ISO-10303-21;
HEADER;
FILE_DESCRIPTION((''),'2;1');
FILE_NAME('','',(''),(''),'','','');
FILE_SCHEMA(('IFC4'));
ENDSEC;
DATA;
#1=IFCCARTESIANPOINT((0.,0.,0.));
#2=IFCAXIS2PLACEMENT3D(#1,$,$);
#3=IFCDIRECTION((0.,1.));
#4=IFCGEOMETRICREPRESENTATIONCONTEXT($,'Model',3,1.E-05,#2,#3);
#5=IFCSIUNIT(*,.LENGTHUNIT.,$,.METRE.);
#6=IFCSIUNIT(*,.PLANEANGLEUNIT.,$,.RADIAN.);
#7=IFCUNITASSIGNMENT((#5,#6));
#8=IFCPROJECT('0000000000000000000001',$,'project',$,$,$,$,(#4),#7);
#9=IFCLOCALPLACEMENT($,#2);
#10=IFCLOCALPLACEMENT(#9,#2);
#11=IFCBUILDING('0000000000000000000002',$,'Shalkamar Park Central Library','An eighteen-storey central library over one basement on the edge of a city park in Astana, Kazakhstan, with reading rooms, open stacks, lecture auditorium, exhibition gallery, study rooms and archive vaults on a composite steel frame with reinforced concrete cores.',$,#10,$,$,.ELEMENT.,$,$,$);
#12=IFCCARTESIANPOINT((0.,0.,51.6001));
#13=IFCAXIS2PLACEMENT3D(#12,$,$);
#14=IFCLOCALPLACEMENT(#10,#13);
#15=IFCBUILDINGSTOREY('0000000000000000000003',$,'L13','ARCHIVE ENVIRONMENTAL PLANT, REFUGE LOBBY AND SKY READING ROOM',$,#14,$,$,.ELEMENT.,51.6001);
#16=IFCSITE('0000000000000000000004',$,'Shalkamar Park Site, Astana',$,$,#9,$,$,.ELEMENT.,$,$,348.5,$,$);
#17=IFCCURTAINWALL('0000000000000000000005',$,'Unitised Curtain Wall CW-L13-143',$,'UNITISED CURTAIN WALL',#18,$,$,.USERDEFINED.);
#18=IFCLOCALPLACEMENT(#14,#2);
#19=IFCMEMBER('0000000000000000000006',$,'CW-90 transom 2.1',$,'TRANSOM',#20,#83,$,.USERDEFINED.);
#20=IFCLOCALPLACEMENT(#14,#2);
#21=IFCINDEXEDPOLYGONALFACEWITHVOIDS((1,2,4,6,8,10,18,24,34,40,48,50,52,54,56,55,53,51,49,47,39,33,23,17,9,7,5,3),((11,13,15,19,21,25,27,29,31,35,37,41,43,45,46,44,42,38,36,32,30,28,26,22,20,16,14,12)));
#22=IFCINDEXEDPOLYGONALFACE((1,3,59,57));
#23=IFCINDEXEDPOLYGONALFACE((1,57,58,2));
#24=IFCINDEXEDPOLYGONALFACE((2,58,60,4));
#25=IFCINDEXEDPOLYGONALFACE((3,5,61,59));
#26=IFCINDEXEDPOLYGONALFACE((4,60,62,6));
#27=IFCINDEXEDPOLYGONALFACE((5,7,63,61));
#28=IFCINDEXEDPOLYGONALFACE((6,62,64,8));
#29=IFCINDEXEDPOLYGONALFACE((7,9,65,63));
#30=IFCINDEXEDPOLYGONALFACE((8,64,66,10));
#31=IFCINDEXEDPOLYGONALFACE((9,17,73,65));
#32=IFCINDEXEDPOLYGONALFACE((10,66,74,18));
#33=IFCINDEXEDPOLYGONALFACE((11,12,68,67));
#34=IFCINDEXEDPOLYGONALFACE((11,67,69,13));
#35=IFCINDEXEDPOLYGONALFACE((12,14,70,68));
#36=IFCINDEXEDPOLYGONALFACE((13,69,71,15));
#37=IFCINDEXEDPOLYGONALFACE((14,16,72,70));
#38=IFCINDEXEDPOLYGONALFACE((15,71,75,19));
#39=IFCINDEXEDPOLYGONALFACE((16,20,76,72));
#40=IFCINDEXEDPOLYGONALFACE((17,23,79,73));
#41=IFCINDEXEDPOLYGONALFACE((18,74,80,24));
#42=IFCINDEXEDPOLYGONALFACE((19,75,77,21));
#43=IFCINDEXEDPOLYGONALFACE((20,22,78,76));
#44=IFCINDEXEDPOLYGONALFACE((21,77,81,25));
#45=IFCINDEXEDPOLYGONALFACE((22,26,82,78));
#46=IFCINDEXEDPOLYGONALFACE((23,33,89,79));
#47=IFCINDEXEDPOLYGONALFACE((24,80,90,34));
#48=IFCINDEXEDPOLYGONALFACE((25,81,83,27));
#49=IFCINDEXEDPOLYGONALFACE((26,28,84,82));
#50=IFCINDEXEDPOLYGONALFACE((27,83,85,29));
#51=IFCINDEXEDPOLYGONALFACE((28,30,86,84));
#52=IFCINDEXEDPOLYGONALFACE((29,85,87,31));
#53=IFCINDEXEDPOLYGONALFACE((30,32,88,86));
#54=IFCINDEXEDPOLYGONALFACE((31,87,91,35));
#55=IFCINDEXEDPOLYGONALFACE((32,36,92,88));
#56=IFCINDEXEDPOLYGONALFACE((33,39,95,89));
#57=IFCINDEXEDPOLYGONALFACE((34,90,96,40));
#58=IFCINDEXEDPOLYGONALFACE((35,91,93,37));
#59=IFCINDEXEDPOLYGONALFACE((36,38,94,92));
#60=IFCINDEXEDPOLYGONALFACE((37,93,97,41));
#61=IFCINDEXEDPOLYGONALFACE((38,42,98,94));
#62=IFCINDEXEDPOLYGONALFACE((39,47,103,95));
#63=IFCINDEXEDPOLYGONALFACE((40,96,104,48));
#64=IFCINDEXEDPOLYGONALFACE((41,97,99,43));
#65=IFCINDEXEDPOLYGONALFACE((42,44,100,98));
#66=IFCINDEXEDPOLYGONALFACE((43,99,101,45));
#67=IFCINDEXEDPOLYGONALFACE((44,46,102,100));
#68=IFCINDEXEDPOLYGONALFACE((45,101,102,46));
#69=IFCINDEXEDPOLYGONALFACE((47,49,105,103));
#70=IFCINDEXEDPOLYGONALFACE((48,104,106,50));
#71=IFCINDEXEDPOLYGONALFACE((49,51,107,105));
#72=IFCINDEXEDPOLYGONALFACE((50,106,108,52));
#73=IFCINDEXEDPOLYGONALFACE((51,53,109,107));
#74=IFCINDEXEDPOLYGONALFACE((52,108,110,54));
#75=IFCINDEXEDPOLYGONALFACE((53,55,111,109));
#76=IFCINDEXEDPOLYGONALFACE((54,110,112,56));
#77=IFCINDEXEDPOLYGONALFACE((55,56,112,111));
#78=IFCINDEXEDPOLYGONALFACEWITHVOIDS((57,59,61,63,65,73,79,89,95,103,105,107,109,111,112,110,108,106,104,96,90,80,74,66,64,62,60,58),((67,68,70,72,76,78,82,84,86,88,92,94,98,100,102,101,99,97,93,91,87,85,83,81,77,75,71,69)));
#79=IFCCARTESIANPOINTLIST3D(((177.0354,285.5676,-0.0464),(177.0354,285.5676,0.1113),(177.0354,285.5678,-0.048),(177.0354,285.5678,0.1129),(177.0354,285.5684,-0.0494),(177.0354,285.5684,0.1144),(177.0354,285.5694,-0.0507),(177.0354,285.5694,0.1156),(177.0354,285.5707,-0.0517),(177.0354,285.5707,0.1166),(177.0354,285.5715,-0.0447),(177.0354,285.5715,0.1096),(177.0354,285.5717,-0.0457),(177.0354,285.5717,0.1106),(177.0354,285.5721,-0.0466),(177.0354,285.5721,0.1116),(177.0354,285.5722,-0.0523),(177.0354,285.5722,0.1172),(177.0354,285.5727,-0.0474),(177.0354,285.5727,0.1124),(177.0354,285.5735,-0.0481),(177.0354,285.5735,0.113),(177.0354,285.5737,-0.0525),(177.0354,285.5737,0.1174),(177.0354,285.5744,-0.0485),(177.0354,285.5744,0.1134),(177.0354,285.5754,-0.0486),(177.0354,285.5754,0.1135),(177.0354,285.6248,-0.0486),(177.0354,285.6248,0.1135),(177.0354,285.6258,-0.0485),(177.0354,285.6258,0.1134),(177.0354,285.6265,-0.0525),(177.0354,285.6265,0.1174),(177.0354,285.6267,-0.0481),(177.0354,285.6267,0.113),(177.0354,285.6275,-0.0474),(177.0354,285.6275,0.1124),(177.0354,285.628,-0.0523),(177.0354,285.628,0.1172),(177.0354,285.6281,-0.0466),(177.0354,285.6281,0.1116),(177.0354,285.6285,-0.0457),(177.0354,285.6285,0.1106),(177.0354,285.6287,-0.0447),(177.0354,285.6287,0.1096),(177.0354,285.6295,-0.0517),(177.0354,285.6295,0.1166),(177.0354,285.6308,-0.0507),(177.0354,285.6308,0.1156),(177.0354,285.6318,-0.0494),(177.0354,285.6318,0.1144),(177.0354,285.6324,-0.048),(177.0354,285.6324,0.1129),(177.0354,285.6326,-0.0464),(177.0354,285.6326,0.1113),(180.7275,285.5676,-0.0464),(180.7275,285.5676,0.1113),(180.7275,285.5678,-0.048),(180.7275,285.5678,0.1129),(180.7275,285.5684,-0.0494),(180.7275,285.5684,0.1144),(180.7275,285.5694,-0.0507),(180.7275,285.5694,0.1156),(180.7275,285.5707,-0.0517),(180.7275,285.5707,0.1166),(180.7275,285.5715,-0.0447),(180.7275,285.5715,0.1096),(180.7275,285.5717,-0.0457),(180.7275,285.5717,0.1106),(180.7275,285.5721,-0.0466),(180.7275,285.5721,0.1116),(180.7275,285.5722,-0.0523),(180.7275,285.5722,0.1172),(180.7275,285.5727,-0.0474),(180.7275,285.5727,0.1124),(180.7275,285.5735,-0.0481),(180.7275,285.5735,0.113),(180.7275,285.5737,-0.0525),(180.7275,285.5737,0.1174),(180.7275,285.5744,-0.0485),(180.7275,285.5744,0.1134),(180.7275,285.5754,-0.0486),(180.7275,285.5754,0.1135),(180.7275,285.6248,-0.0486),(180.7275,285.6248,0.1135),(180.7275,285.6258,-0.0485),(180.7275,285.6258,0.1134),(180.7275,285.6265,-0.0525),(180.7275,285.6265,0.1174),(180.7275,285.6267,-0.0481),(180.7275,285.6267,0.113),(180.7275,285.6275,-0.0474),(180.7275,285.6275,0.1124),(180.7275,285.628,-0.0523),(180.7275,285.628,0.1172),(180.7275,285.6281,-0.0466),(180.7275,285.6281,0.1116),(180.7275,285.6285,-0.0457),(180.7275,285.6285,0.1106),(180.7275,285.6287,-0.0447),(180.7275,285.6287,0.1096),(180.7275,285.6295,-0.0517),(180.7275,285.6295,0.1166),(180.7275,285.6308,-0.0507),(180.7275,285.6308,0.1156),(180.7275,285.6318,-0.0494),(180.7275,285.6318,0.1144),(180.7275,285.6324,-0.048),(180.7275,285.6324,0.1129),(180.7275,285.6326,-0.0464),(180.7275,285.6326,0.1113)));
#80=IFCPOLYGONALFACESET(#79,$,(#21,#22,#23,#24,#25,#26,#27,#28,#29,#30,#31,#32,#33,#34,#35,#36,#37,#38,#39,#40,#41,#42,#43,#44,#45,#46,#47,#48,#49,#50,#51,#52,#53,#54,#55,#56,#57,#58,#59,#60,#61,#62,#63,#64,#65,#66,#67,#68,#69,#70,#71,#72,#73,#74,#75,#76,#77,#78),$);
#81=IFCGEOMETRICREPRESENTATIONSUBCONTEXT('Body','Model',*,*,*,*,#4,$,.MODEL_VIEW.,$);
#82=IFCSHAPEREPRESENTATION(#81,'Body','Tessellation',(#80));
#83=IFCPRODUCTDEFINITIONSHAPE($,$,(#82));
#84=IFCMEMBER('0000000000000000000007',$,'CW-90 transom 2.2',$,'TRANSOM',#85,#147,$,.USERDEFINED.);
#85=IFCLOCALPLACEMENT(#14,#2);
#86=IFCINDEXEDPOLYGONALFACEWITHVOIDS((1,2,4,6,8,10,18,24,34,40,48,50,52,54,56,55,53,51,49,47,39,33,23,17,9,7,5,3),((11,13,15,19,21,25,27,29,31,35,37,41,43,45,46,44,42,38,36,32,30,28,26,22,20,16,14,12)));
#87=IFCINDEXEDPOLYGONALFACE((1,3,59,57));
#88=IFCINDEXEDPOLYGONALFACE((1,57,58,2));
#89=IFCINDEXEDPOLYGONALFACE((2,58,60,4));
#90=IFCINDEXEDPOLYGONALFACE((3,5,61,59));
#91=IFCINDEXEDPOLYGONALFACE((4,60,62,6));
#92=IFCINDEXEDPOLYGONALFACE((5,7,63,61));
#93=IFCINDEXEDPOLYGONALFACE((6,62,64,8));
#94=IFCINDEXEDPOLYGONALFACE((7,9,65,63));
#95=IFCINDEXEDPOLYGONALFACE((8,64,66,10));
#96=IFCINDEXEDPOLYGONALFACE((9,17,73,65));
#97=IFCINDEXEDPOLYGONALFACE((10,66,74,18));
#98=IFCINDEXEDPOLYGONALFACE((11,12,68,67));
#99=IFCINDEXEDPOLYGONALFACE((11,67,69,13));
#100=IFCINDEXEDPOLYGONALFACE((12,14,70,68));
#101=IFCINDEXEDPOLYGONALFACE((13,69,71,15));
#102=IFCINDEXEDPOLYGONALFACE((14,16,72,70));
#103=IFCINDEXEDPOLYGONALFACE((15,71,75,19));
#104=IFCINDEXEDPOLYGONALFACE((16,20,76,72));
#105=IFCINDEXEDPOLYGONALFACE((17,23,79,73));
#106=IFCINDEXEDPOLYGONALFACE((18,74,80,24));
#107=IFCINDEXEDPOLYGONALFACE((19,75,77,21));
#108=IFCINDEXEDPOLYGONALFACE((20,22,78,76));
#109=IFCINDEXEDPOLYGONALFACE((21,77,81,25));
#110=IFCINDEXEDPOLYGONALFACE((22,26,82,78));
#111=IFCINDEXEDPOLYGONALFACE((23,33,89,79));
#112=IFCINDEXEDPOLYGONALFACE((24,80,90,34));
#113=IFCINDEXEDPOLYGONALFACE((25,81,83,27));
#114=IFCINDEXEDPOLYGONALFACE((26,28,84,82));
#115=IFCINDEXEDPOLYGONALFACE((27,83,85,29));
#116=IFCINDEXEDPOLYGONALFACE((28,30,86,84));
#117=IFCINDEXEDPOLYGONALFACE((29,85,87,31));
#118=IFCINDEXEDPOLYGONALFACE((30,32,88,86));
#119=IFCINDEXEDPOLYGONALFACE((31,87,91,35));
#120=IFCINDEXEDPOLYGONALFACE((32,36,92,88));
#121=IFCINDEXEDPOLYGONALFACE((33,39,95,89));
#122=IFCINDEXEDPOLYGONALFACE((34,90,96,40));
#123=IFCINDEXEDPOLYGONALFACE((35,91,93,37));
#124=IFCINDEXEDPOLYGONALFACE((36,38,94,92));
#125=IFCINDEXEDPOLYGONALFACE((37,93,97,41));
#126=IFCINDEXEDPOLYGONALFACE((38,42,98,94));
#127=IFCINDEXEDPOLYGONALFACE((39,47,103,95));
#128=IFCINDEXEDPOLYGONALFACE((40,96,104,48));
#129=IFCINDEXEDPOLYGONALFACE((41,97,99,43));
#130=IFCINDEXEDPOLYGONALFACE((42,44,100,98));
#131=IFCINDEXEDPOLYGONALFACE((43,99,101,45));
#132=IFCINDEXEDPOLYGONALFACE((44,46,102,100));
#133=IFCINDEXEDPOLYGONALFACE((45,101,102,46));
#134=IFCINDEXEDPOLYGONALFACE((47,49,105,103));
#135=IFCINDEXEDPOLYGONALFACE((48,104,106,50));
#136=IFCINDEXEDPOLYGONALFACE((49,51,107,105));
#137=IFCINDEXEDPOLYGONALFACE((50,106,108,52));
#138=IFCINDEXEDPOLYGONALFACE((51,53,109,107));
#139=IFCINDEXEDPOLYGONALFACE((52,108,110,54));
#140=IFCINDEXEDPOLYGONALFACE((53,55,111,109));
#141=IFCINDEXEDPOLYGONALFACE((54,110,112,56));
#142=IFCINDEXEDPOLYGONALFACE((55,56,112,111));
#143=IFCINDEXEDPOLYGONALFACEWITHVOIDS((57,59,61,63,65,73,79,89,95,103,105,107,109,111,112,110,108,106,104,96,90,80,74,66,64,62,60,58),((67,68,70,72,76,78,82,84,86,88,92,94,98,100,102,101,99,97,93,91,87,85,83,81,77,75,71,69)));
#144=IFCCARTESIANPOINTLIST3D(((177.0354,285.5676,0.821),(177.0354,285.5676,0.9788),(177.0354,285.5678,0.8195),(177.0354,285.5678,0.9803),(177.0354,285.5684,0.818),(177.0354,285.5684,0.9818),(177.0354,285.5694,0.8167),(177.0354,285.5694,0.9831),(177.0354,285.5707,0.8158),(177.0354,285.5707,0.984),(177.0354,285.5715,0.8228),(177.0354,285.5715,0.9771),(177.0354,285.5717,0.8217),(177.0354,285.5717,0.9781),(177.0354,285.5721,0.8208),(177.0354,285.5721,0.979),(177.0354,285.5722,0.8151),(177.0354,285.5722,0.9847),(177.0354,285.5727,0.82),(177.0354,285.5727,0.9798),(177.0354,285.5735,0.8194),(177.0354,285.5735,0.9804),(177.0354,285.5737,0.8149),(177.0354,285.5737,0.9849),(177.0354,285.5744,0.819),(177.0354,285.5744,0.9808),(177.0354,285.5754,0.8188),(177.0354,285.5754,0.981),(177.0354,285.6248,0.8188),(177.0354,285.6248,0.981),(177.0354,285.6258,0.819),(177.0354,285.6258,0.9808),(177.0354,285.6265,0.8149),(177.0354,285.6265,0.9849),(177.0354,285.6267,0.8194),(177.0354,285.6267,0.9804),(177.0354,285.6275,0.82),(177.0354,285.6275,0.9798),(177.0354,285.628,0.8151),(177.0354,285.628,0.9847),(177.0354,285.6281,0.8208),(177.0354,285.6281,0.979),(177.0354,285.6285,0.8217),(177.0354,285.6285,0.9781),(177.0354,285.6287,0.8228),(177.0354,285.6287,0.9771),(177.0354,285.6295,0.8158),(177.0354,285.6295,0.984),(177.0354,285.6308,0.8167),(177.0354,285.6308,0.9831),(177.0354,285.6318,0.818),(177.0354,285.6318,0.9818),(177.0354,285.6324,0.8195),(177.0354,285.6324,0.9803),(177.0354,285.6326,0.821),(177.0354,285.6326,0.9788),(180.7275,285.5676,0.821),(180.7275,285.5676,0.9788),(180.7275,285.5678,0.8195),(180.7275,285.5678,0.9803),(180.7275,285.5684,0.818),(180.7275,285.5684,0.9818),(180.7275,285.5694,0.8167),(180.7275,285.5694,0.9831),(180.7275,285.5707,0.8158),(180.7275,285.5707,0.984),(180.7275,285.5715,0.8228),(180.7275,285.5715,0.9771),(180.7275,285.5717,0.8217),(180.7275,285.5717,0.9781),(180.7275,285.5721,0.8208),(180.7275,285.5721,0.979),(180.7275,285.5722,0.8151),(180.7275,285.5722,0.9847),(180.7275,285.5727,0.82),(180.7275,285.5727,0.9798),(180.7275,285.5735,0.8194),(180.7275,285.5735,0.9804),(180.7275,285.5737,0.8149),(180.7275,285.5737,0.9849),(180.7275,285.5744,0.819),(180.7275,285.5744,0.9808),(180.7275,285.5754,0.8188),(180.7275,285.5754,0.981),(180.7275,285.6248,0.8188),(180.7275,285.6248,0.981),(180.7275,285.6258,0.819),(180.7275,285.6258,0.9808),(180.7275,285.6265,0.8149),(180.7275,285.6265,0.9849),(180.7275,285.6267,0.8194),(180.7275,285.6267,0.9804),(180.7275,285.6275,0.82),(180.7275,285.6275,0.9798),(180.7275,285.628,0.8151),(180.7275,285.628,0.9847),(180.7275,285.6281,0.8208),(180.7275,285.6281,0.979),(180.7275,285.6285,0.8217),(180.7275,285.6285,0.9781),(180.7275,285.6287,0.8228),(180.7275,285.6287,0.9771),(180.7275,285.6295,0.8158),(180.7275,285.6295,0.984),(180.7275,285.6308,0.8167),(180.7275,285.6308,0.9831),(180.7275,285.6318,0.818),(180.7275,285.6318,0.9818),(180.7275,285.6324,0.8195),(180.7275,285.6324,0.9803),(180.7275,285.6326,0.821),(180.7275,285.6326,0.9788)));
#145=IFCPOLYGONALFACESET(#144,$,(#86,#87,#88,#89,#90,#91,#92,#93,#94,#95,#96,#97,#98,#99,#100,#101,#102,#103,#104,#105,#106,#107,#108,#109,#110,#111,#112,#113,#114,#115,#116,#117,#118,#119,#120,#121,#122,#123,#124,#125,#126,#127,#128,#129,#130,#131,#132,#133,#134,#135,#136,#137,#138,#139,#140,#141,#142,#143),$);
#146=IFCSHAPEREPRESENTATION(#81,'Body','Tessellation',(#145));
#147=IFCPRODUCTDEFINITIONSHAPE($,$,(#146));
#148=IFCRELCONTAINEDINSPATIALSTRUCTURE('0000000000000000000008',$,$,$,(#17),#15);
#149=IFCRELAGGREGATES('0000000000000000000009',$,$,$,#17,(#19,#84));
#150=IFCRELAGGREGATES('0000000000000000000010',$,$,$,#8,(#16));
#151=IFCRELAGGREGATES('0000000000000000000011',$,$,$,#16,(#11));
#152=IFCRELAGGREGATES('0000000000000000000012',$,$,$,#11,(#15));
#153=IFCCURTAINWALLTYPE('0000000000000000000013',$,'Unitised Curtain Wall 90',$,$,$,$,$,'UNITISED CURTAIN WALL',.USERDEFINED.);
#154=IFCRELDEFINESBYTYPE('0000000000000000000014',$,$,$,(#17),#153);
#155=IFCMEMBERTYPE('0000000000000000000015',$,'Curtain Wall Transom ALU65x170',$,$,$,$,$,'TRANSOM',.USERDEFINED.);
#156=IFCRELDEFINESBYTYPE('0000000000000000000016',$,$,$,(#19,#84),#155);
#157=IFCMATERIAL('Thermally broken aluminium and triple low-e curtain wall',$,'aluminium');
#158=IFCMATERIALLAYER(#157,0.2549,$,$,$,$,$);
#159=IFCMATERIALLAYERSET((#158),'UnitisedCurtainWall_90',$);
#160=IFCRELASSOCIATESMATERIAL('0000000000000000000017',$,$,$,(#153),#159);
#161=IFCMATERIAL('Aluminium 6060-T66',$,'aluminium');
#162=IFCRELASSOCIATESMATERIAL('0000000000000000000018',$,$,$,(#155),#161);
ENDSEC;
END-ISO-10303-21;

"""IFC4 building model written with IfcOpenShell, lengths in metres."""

from ifc_helpers import new_model, si_unit, direction, frame, origin, origin_2d, place, context, subcontext, project, spatial, hollow_rectangle, extrude, material, layer, layer_set, material_profile, profile_set, type_object, element, aggregate, save


model = new_model("IFC4")

# Units and contexts
model_context = context("Model", 3, precision=1e-05, world=origin(), true_north=direction((0.0, 1.0)))
body_context = subcontext(model_context, "Body", "Model", "MODEL_VIEW")
ifc_project = project(units=[si_unit("LENGTHUNIT", "METRE"), si_unit("PLANEANGLEUNIT", "RADIAN")], contexts=[model_context])

# Site, building, storey
site_placement = place(None, origin())
site = spatial("IfcSite", under=ifc_project, at=site_placement, Name="Shalkamar Park Site, Astana", CompositionType="ELEMENT", RefElevation=348.5)
building_placement = place(site_placement, origin())
building = spatial("IfcBuilding", under=site, at=building_placement, Name="Shalkamar Park Central Library", Description="An eighteen-storey central library over one basement on the edge of a city park in Astana, Kazakhstan, with reading rooms, open stacks, lecture auditorium, exhibition gallery, study rooms and archive vaults on a composite steel frame with reinforced concrete cores.", CompositionType="ELEMENT")
storey_placement = place(building_placement, frame((0.0, 0.0, 51.6001)))
storey = spatial("IfcBuildingStorey", under=building, at=storey_placement, Name="L13", Description="ARCHIVE ENVIRONMENTAL PLANT, REFUGE LOBBY AND SKY READING ROOM", CompositionType="ELEMENT", Elevation=51.6001)

# Curtain wall
ifc_material_1 = material(Name="Thermally broken aluminium and triple low-e curtain wall", Category="aluminium")
ifc_layer_1 = layer(ifc_material_1, 0.2549)
ifc_layer_set_1 = layer_set([ifc_layer_1], Name="UnitisedCurtainWall_90")
curtain_wall_type_1 = type_object("IfcCurtainWallType", Name="Unitised Curtain Wall 90", ElementType="UNITISED CURTAIN WALL", PredefinedType="USERDEFINED", material=ifc_layer_set_1)
curtain_wall_1_placement = place(storey_placement, origin())
curtain_wall_1 = element("IfcCurtainWall", 1, at=curtain_wall_1_placement, inside=storey, type_object=curtain_wall_type_1, Name="Unitised Curtain Wall CW-L13-143", ObjectType="UNITISED CURTAIN WALL", PredefinedType="USERDEFINED")
ifc_material_2 = material(Name="Aluminium 6060-T66", Category="aluminium")

# Members
ifc_material_profile_1 = material_profile(ifc_material_2, hollow_rectangle(XDim=0.0649, YDim=0.1699, WallThickness=0.0039, InnerFilletRadius=0.0039, OuterFilletRadius=0.0061, at=origin_2d()), Name="ALU 65x170x4")
ifc_profile_set_1 = profile_set([ifc_material_profile_1], Name="Aluminium 6060-T66")
member_type_1 = type_object("IfcMemberType", Name="Curtain Wall Transom ALU65x170", ElementType="TRANSOM", PredefinedType="USERDEFINED", material=ifc_profile_set_1)
member_1_placement = place(storey_placement, frame((177.0354, 285.6001, 0.0325), z_axis=(1.0, 0.0, 0.0), x_axis=(0.0, 1.0, 0.0)))
member_1 = element("IfcMember", 2, at=member_1_placement, type_object=member_type_1, Name="CW-90 transom 2.1", ObjectType="TRANSOM", PredefinedType="USERDEFINED", context=body_context, shape_type="SweptSolid", body=[
    extrude(hollow_rectangle(XDim=0.0649, YDim=0.1699, WallThickness=0.0039, InnerFilletRadius=0.0039, OuterFilletRadius=0.0061, at=origin_2d()), origin(), (0.0, 0.0, 1.0), 3.6921),
])
member_2_placement = place(storey_placement, frame((177.0354, 285.6001, 0.8999), z_axis=(1.0, 0.0, 0.0), x_axis=(0.0, 1.0, 0.0)))
member_2 = element("IfcMember", 3, at=member_2_placement, type_object=member_type_1, Name="CW-90 transom 2.2", ObjectType="TRANSOM", PredefinedType="USERDEFINED", context=body_context, shape_type="SweptSolid", body=[
    extrude(hollow_rectangle(XDim=0.0649, YDim=0.1699, WallThickness=0.0039, InnerFilletRadius=0.0039, OuterFilletRadius=0.0061, at=origin_2d()), origin(), (0.0, 0.0, 1.0), 3.6921),
])

aggregate(curtain_wall_1, [member_1, member_2])

save(model, "model.ifc")
